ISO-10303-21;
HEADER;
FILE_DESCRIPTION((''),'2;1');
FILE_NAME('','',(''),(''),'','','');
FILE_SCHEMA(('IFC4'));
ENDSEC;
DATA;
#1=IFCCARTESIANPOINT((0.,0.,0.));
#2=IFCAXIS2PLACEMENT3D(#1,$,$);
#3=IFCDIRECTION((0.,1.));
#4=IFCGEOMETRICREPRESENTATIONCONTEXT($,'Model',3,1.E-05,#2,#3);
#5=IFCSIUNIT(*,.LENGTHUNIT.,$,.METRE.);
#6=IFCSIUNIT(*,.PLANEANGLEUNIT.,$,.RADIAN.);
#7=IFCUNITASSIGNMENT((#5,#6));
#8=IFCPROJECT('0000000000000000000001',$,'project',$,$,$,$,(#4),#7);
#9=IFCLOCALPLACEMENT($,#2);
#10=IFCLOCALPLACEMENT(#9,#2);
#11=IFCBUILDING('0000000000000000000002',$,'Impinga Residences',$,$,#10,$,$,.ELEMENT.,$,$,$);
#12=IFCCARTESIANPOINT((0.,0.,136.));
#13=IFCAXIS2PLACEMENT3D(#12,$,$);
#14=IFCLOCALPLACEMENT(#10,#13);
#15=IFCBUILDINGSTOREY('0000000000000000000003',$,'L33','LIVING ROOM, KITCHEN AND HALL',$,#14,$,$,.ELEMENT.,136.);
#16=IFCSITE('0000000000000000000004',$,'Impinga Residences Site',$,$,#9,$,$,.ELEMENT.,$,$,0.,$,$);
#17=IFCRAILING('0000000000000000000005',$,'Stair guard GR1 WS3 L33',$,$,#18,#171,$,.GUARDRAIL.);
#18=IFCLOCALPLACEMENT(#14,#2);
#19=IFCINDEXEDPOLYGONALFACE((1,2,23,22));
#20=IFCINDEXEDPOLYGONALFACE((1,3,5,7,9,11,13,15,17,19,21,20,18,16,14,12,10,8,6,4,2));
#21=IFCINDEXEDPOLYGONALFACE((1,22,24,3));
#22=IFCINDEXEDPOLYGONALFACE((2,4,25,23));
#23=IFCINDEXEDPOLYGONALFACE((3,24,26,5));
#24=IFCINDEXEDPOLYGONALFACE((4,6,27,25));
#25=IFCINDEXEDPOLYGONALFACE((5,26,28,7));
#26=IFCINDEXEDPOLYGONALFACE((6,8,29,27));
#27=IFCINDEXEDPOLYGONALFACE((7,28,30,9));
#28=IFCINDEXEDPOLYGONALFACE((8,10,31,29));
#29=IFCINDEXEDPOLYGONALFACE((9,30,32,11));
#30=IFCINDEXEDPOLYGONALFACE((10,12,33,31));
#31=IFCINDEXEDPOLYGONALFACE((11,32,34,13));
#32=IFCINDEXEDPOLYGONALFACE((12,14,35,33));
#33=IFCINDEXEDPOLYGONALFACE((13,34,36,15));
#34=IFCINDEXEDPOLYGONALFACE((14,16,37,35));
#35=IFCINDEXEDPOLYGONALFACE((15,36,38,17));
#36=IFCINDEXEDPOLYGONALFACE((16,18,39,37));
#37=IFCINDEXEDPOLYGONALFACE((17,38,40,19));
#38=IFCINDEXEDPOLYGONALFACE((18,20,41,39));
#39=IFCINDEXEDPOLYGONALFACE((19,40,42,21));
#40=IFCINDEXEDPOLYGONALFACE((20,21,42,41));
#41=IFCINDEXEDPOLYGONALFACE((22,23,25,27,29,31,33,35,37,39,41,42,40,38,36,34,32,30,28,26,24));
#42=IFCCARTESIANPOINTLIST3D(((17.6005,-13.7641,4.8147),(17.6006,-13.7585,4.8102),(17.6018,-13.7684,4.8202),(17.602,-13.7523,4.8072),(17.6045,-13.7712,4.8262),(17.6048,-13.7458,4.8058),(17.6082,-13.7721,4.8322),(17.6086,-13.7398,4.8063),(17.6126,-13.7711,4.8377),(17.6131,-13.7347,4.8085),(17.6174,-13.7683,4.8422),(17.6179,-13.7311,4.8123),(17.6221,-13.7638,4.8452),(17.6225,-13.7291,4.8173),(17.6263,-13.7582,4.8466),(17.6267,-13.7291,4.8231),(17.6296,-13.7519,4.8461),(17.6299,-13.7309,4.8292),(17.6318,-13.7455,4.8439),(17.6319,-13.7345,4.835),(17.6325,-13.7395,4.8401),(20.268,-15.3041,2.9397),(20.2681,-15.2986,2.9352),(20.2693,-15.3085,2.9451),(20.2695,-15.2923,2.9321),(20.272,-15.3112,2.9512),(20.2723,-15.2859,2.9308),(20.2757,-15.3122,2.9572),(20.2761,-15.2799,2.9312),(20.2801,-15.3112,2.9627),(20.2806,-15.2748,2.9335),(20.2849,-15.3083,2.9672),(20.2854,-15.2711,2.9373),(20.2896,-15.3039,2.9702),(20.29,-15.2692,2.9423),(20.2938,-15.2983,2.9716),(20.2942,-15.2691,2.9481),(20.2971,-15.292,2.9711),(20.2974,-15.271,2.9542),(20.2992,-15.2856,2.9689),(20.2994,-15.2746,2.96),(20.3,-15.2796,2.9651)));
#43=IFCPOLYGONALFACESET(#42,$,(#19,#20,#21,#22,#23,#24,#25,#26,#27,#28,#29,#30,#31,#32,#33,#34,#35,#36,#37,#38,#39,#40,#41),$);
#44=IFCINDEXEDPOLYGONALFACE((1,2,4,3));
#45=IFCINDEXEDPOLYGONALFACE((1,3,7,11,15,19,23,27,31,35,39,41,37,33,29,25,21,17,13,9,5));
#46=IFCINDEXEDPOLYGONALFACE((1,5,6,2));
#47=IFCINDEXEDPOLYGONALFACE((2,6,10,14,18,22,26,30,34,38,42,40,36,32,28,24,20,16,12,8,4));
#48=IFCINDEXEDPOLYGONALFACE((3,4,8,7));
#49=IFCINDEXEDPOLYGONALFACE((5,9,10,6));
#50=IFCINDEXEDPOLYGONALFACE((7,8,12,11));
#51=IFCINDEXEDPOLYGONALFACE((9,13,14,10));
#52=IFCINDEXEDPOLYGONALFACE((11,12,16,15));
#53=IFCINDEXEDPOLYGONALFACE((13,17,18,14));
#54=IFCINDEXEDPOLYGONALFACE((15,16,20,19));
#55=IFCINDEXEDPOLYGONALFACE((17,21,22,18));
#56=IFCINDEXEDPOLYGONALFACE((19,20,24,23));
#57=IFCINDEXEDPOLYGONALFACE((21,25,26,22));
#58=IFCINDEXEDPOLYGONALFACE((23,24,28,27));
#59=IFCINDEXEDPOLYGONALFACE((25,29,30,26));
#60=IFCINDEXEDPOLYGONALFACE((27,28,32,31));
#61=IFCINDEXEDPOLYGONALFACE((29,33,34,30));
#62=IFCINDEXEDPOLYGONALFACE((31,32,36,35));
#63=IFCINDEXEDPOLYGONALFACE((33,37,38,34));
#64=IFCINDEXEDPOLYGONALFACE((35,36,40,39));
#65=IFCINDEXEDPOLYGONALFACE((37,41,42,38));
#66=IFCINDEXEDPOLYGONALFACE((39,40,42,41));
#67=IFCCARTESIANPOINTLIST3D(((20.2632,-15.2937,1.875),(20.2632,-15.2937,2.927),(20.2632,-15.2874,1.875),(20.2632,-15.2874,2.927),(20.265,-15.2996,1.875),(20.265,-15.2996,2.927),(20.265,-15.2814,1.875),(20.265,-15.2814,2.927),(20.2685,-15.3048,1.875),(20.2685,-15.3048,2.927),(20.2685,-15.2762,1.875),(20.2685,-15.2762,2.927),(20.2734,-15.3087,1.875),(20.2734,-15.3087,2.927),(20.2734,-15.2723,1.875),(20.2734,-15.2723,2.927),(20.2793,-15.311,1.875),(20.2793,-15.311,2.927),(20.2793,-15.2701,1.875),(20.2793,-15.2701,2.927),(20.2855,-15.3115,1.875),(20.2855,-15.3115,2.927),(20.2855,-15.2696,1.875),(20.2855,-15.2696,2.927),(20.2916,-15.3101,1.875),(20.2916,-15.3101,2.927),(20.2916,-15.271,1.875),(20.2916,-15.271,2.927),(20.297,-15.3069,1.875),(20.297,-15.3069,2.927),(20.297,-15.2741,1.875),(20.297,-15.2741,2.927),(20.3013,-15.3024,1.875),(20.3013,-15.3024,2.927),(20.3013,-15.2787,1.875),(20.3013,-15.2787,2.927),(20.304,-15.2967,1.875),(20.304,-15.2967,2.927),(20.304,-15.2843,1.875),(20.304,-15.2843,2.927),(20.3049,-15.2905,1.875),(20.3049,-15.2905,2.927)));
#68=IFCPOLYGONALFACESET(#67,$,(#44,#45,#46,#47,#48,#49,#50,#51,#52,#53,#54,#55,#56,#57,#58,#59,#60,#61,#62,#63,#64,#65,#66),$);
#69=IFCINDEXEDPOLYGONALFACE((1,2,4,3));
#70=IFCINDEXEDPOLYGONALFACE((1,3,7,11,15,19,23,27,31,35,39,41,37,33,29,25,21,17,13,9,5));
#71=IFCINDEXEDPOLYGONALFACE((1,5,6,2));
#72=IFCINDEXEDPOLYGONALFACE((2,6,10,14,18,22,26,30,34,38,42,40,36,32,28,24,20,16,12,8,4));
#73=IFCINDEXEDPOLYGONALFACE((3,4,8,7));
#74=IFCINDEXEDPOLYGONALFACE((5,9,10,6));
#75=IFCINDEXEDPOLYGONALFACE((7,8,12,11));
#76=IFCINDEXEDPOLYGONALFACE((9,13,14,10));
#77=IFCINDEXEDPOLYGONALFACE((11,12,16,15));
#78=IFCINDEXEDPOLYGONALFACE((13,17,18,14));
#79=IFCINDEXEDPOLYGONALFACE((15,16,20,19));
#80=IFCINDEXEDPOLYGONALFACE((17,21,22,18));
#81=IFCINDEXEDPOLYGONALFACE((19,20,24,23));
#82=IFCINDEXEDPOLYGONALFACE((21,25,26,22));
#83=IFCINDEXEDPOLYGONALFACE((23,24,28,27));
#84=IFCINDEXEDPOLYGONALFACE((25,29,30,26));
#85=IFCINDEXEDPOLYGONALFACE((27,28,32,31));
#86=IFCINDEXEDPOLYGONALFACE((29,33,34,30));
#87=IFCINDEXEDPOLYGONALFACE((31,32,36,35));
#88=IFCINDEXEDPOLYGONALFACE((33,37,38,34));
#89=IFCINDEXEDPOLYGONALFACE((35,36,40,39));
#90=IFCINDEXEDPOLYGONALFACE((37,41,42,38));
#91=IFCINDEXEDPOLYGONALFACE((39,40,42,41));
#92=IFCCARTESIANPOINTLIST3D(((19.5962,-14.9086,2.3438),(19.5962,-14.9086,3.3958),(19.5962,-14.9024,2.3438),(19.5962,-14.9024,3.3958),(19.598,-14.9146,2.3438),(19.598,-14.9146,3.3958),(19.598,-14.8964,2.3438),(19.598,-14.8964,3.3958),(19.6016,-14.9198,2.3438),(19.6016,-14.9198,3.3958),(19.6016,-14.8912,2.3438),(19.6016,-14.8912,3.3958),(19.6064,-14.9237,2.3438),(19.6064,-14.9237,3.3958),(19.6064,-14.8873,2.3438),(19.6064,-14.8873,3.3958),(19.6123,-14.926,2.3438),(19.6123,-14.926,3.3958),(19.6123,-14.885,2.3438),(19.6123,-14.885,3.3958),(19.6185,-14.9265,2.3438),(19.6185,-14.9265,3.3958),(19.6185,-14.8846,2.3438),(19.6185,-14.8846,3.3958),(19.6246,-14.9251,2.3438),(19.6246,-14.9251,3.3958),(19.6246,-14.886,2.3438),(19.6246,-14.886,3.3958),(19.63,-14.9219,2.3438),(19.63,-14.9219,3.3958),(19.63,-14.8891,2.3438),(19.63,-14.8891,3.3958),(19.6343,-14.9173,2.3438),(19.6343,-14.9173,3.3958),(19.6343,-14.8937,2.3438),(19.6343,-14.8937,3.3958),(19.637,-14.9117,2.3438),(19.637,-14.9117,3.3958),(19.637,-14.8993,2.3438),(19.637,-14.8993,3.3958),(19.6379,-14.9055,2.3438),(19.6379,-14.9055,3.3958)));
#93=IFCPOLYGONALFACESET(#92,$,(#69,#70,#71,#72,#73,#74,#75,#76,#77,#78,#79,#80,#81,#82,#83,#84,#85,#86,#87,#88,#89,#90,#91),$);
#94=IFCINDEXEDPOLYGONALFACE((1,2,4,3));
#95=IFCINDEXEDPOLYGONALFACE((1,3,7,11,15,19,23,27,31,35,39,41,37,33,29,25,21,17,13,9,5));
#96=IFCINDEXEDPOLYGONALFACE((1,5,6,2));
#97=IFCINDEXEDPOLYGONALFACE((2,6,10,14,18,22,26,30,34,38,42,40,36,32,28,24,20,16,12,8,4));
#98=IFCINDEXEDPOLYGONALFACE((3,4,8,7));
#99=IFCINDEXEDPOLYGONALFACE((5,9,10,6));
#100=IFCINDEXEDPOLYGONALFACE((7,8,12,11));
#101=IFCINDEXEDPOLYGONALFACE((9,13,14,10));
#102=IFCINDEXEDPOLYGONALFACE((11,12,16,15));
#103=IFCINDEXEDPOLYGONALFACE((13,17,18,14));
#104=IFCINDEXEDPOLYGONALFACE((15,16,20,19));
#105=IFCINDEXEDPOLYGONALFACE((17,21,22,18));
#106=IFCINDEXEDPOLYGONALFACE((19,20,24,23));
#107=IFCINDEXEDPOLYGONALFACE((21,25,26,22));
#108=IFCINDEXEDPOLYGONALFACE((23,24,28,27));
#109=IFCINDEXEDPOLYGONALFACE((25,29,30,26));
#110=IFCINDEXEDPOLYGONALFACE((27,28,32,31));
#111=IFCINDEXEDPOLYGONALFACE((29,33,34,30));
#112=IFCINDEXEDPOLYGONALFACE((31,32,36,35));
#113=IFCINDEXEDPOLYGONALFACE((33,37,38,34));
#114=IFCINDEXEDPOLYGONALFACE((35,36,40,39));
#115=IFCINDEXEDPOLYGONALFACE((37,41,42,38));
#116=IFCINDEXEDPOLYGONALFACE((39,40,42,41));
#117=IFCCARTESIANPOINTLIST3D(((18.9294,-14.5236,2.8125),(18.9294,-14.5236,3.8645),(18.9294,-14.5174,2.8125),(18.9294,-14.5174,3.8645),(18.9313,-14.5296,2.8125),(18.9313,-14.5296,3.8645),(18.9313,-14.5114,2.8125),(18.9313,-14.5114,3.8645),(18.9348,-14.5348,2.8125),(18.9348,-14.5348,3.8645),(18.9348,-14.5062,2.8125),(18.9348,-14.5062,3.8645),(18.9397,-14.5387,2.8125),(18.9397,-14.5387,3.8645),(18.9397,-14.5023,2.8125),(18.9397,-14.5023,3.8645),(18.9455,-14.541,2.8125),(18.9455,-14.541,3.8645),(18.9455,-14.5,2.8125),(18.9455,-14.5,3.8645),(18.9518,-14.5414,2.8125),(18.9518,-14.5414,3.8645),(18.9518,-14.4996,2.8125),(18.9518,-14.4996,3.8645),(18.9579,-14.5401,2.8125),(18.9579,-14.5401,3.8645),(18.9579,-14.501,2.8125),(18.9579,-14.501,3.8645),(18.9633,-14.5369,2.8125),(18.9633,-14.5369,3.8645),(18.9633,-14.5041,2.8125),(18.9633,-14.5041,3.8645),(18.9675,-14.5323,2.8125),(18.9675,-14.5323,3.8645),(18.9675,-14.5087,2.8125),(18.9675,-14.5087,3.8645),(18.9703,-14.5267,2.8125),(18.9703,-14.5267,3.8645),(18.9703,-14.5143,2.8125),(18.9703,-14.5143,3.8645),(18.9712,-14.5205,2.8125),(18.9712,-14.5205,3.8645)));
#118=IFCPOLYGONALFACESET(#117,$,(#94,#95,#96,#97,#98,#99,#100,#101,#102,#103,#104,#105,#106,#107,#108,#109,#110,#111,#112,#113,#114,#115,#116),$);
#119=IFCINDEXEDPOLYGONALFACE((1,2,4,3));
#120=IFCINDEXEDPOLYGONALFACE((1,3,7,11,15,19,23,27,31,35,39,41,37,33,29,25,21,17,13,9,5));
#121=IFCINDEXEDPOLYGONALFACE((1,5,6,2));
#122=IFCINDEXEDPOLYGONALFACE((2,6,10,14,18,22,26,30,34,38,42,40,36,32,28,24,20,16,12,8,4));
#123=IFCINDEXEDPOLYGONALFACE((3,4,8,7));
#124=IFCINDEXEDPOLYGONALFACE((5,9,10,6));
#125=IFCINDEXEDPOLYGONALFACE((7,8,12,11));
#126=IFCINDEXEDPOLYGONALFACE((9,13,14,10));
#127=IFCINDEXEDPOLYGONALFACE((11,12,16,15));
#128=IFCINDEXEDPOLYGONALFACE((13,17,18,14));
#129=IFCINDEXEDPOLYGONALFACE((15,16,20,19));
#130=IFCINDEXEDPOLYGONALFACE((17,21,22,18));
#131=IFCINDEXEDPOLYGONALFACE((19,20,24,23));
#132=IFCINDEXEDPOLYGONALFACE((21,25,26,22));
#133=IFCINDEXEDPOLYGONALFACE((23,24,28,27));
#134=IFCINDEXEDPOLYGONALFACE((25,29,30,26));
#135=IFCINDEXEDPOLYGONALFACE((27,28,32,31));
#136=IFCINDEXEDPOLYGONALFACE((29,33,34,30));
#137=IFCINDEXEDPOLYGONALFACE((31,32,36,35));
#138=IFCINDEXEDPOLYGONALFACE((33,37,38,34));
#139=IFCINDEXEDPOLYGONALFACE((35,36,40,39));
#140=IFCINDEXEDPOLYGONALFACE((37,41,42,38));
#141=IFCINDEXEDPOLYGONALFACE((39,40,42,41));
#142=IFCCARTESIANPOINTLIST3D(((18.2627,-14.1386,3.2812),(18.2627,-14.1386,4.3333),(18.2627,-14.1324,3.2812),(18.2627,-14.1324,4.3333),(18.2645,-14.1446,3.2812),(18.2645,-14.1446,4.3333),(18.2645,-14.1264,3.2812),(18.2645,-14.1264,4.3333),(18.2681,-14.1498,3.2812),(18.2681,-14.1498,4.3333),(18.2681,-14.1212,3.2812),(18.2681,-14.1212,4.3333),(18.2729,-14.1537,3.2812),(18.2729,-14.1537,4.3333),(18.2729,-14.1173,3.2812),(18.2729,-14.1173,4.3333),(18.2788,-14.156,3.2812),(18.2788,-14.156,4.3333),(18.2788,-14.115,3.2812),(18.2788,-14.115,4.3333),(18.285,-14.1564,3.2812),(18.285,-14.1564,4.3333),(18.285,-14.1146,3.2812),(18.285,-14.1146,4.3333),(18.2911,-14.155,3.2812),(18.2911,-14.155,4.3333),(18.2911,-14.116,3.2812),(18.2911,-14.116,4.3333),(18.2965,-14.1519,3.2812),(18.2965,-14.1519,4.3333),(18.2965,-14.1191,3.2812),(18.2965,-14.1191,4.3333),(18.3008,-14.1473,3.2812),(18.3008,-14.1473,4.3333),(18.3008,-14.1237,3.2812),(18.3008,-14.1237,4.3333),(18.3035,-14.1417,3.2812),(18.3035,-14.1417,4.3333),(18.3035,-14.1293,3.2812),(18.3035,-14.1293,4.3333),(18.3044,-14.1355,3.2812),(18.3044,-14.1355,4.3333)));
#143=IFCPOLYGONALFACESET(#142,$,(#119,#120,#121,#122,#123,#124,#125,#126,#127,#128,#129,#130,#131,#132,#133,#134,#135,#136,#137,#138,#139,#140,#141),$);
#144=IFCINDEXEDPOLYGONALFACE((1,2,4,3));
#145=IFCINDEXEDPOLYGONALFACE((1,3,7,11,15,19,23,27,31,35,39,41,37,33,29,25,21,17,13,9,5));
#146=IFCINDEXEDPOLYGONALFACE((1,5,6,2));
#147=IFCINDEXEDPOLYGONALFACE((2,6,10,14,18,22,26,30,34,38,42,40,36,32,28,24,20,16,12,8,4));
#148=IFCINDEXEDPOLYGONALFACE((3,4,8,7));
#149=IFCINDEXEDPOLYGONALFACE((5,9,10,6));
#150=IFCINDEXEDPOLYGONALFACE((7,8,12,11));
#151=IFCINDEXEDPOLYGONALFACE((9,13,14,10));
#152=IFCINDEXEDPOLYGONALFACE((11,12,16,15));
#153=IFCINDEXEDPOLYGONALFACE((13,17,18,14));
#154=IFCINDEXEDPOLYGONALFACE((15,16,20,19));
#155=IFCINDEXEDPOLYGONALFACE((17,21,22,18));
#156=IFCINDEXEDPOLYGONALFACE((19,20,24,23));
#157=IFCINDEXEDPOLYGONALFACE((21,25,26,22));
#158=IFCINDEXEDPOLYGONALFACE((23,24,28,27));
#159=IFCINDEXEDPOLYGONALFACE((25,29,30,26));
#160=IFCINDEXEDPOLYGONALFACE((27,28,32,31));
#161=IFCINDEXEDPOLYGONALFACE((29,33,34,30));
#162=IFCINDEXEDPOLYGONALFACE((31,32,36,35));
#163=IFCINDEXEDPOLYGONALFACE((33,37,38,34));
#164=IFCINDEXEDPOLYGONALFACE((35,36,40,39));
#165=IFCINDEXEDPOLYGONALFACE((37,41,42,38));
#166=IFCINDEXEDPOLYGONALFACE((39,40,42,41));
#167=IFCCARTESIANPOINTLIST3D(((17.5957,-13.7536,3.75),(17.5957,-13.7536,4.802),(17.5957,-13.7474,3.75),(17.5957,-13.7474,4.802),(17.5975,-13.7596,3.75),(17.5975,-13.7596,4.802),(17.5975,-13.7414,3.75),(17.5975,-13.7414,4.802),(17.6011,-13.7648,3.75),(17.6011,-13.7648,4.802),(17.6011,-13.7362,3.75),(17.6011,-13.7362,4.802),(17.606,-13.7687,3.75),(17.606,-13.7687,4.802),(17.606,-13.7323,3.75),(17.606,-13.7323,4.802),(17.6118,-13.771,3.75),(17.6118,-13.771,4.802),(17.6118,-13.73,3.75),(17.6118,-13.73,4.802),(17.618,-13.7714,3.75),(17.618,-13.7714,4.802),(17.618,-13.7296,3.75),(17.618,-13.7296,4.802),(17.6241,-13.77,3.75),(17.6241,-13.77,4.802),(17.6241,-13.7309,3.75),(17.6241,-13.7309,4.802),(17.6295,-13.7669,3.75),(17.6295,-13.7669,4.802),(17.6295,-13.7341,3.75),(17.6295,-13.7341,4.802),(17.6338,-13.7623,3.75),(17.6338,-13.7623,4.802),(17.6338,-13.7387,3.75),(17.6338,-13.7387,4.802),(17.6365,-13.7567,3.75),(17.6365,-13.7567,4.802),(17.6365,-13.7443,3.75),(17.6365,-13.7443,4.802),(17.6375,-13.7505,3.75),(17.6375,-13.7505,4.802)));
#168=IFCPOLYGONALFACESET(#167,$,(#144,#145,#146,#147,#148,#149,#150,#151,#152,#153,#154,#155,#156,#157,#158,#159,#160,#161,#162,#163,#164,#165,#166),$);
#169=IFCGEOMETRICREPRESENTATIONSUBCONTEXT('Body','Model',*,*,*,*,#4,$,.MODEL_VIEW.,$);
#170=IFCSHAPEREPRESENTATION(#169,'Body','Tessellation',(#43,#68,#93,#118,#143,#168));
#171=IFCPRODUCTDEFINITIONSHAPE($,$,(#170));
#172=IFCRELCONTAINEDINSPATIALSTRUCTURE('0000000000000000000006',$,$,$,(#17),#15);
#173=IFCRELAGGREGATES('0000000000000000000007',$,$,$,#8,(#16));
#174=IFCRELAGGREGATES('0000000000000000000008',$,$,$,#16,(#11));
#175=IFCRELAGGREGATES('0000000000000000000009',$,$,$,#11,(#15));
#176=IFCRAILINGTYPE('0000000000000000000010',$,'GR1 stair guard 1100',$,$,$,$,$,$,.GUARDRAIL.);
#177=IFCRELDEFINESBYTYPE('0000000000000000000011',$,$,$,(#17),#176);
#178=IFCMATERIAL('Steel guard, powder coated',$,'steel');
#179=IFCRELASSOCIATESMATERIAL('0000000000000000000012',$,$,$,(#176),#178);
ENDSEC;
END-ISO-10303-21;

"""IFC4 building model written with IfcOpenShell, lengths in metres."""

from ifc_helpers import new_model, si_unit, direction, frame, origin, origin_2d, place, context, subcontext, project, spatial, circle, extrude, material, type_object, element, save


model = new_model("IFC4")

# Units and contexts
model_context = context("Model", 3, precision=1e-05, world=origin(), true_north=direction((0.0, 1.0)))
body_context = subcontext(model_context, "Body", "Model", "MODEL_VIEW")
ifc_project = project(units=[si_unit("LENGTHUNIT", "METRE"), si_unit("PLANEANGLEUNIT", "RADIAN")], contexts=[model_context])

# Site, building, storey
site_placement = place(None, origin())
site = spatial("IfcSite", under=ifc_project, at=site_placement, Name="Impinga Residences Site", CompositionType="ELEMENT", RefElevation=0.0)
building_placement = place(site_placement, origin())
building = spatial("IfcBuilding", under=site, at=building_placement, Name="Impinga Residences", CompositionType="ELEMENT")
storey_placement = place(building_placement, frame((0.0, 0.0, 136.0)))
storey = spatial("IfcBuildingStorey", under=building, at=storey_placement, Name="L33", Description="LIVING ROOM, KITCHEN AND HALL", CompositionType="ELEMENT", Elevation=136.0)

# Railing
ifc_material_1 = material(Name="Steel guard, powder coated", Category="steel")
railing_type_1 = type_object("IfcRailingType", Name="GR1 stair guard 1100", PredefinedType="GUARDRAIL", material=ifc_material_1)
railing_1_placement = place(storey_placement, frame((20.2839, -15.2905, 1.875)))
element("IfcRailing", 1, at=railing_1_placement, inside=storey, type_object=railing_type_1, Name="Stair guard GR1 WS3 L33", PredefinedType="GUARDRAIL", context=body_context, shape_type="SweptSolid", body=[
    extrude(circle(Radius=0.0239, at=origin_2d()), frame((0.0, 0.0, 1.0762), z_axis=(-0.739746, 0.427084, 0.519975), x_axis=(-0.499992, -0.86603, 0.0)), (0.0, 0.0, 1.0), 3.606),
    extrude(circle(Radius=0.021, at=origin_2d()), origin(), (0.0, 0.0, 1.0), 1.052),
    extrude(circle(Radius=0.021, at=origin_2d()), frame((-0.667, 0.385, 0.4688)), (0.0, 0.0, 1.0), 1.052),
    extrude(circle(Radius=0.021, at=origin_2d()), frame((-1.3337, 0.77, 0.9375)), (0.0, 0.0, 1.0), 1.052),
    extrude(circle(Radius=0.021, at=origin_2d()), frame((-2.0005, 1.155, 1.4062)), (0.0, 0.0, 1.0), 1.052),
    extrude(circle(Radius=0.021, at=origin_2d()), frame((-2.6675, 1.54, 1.875)), (0.0, 0.0, 1.0), 1.052),
])

save(model, "model.ifc")
